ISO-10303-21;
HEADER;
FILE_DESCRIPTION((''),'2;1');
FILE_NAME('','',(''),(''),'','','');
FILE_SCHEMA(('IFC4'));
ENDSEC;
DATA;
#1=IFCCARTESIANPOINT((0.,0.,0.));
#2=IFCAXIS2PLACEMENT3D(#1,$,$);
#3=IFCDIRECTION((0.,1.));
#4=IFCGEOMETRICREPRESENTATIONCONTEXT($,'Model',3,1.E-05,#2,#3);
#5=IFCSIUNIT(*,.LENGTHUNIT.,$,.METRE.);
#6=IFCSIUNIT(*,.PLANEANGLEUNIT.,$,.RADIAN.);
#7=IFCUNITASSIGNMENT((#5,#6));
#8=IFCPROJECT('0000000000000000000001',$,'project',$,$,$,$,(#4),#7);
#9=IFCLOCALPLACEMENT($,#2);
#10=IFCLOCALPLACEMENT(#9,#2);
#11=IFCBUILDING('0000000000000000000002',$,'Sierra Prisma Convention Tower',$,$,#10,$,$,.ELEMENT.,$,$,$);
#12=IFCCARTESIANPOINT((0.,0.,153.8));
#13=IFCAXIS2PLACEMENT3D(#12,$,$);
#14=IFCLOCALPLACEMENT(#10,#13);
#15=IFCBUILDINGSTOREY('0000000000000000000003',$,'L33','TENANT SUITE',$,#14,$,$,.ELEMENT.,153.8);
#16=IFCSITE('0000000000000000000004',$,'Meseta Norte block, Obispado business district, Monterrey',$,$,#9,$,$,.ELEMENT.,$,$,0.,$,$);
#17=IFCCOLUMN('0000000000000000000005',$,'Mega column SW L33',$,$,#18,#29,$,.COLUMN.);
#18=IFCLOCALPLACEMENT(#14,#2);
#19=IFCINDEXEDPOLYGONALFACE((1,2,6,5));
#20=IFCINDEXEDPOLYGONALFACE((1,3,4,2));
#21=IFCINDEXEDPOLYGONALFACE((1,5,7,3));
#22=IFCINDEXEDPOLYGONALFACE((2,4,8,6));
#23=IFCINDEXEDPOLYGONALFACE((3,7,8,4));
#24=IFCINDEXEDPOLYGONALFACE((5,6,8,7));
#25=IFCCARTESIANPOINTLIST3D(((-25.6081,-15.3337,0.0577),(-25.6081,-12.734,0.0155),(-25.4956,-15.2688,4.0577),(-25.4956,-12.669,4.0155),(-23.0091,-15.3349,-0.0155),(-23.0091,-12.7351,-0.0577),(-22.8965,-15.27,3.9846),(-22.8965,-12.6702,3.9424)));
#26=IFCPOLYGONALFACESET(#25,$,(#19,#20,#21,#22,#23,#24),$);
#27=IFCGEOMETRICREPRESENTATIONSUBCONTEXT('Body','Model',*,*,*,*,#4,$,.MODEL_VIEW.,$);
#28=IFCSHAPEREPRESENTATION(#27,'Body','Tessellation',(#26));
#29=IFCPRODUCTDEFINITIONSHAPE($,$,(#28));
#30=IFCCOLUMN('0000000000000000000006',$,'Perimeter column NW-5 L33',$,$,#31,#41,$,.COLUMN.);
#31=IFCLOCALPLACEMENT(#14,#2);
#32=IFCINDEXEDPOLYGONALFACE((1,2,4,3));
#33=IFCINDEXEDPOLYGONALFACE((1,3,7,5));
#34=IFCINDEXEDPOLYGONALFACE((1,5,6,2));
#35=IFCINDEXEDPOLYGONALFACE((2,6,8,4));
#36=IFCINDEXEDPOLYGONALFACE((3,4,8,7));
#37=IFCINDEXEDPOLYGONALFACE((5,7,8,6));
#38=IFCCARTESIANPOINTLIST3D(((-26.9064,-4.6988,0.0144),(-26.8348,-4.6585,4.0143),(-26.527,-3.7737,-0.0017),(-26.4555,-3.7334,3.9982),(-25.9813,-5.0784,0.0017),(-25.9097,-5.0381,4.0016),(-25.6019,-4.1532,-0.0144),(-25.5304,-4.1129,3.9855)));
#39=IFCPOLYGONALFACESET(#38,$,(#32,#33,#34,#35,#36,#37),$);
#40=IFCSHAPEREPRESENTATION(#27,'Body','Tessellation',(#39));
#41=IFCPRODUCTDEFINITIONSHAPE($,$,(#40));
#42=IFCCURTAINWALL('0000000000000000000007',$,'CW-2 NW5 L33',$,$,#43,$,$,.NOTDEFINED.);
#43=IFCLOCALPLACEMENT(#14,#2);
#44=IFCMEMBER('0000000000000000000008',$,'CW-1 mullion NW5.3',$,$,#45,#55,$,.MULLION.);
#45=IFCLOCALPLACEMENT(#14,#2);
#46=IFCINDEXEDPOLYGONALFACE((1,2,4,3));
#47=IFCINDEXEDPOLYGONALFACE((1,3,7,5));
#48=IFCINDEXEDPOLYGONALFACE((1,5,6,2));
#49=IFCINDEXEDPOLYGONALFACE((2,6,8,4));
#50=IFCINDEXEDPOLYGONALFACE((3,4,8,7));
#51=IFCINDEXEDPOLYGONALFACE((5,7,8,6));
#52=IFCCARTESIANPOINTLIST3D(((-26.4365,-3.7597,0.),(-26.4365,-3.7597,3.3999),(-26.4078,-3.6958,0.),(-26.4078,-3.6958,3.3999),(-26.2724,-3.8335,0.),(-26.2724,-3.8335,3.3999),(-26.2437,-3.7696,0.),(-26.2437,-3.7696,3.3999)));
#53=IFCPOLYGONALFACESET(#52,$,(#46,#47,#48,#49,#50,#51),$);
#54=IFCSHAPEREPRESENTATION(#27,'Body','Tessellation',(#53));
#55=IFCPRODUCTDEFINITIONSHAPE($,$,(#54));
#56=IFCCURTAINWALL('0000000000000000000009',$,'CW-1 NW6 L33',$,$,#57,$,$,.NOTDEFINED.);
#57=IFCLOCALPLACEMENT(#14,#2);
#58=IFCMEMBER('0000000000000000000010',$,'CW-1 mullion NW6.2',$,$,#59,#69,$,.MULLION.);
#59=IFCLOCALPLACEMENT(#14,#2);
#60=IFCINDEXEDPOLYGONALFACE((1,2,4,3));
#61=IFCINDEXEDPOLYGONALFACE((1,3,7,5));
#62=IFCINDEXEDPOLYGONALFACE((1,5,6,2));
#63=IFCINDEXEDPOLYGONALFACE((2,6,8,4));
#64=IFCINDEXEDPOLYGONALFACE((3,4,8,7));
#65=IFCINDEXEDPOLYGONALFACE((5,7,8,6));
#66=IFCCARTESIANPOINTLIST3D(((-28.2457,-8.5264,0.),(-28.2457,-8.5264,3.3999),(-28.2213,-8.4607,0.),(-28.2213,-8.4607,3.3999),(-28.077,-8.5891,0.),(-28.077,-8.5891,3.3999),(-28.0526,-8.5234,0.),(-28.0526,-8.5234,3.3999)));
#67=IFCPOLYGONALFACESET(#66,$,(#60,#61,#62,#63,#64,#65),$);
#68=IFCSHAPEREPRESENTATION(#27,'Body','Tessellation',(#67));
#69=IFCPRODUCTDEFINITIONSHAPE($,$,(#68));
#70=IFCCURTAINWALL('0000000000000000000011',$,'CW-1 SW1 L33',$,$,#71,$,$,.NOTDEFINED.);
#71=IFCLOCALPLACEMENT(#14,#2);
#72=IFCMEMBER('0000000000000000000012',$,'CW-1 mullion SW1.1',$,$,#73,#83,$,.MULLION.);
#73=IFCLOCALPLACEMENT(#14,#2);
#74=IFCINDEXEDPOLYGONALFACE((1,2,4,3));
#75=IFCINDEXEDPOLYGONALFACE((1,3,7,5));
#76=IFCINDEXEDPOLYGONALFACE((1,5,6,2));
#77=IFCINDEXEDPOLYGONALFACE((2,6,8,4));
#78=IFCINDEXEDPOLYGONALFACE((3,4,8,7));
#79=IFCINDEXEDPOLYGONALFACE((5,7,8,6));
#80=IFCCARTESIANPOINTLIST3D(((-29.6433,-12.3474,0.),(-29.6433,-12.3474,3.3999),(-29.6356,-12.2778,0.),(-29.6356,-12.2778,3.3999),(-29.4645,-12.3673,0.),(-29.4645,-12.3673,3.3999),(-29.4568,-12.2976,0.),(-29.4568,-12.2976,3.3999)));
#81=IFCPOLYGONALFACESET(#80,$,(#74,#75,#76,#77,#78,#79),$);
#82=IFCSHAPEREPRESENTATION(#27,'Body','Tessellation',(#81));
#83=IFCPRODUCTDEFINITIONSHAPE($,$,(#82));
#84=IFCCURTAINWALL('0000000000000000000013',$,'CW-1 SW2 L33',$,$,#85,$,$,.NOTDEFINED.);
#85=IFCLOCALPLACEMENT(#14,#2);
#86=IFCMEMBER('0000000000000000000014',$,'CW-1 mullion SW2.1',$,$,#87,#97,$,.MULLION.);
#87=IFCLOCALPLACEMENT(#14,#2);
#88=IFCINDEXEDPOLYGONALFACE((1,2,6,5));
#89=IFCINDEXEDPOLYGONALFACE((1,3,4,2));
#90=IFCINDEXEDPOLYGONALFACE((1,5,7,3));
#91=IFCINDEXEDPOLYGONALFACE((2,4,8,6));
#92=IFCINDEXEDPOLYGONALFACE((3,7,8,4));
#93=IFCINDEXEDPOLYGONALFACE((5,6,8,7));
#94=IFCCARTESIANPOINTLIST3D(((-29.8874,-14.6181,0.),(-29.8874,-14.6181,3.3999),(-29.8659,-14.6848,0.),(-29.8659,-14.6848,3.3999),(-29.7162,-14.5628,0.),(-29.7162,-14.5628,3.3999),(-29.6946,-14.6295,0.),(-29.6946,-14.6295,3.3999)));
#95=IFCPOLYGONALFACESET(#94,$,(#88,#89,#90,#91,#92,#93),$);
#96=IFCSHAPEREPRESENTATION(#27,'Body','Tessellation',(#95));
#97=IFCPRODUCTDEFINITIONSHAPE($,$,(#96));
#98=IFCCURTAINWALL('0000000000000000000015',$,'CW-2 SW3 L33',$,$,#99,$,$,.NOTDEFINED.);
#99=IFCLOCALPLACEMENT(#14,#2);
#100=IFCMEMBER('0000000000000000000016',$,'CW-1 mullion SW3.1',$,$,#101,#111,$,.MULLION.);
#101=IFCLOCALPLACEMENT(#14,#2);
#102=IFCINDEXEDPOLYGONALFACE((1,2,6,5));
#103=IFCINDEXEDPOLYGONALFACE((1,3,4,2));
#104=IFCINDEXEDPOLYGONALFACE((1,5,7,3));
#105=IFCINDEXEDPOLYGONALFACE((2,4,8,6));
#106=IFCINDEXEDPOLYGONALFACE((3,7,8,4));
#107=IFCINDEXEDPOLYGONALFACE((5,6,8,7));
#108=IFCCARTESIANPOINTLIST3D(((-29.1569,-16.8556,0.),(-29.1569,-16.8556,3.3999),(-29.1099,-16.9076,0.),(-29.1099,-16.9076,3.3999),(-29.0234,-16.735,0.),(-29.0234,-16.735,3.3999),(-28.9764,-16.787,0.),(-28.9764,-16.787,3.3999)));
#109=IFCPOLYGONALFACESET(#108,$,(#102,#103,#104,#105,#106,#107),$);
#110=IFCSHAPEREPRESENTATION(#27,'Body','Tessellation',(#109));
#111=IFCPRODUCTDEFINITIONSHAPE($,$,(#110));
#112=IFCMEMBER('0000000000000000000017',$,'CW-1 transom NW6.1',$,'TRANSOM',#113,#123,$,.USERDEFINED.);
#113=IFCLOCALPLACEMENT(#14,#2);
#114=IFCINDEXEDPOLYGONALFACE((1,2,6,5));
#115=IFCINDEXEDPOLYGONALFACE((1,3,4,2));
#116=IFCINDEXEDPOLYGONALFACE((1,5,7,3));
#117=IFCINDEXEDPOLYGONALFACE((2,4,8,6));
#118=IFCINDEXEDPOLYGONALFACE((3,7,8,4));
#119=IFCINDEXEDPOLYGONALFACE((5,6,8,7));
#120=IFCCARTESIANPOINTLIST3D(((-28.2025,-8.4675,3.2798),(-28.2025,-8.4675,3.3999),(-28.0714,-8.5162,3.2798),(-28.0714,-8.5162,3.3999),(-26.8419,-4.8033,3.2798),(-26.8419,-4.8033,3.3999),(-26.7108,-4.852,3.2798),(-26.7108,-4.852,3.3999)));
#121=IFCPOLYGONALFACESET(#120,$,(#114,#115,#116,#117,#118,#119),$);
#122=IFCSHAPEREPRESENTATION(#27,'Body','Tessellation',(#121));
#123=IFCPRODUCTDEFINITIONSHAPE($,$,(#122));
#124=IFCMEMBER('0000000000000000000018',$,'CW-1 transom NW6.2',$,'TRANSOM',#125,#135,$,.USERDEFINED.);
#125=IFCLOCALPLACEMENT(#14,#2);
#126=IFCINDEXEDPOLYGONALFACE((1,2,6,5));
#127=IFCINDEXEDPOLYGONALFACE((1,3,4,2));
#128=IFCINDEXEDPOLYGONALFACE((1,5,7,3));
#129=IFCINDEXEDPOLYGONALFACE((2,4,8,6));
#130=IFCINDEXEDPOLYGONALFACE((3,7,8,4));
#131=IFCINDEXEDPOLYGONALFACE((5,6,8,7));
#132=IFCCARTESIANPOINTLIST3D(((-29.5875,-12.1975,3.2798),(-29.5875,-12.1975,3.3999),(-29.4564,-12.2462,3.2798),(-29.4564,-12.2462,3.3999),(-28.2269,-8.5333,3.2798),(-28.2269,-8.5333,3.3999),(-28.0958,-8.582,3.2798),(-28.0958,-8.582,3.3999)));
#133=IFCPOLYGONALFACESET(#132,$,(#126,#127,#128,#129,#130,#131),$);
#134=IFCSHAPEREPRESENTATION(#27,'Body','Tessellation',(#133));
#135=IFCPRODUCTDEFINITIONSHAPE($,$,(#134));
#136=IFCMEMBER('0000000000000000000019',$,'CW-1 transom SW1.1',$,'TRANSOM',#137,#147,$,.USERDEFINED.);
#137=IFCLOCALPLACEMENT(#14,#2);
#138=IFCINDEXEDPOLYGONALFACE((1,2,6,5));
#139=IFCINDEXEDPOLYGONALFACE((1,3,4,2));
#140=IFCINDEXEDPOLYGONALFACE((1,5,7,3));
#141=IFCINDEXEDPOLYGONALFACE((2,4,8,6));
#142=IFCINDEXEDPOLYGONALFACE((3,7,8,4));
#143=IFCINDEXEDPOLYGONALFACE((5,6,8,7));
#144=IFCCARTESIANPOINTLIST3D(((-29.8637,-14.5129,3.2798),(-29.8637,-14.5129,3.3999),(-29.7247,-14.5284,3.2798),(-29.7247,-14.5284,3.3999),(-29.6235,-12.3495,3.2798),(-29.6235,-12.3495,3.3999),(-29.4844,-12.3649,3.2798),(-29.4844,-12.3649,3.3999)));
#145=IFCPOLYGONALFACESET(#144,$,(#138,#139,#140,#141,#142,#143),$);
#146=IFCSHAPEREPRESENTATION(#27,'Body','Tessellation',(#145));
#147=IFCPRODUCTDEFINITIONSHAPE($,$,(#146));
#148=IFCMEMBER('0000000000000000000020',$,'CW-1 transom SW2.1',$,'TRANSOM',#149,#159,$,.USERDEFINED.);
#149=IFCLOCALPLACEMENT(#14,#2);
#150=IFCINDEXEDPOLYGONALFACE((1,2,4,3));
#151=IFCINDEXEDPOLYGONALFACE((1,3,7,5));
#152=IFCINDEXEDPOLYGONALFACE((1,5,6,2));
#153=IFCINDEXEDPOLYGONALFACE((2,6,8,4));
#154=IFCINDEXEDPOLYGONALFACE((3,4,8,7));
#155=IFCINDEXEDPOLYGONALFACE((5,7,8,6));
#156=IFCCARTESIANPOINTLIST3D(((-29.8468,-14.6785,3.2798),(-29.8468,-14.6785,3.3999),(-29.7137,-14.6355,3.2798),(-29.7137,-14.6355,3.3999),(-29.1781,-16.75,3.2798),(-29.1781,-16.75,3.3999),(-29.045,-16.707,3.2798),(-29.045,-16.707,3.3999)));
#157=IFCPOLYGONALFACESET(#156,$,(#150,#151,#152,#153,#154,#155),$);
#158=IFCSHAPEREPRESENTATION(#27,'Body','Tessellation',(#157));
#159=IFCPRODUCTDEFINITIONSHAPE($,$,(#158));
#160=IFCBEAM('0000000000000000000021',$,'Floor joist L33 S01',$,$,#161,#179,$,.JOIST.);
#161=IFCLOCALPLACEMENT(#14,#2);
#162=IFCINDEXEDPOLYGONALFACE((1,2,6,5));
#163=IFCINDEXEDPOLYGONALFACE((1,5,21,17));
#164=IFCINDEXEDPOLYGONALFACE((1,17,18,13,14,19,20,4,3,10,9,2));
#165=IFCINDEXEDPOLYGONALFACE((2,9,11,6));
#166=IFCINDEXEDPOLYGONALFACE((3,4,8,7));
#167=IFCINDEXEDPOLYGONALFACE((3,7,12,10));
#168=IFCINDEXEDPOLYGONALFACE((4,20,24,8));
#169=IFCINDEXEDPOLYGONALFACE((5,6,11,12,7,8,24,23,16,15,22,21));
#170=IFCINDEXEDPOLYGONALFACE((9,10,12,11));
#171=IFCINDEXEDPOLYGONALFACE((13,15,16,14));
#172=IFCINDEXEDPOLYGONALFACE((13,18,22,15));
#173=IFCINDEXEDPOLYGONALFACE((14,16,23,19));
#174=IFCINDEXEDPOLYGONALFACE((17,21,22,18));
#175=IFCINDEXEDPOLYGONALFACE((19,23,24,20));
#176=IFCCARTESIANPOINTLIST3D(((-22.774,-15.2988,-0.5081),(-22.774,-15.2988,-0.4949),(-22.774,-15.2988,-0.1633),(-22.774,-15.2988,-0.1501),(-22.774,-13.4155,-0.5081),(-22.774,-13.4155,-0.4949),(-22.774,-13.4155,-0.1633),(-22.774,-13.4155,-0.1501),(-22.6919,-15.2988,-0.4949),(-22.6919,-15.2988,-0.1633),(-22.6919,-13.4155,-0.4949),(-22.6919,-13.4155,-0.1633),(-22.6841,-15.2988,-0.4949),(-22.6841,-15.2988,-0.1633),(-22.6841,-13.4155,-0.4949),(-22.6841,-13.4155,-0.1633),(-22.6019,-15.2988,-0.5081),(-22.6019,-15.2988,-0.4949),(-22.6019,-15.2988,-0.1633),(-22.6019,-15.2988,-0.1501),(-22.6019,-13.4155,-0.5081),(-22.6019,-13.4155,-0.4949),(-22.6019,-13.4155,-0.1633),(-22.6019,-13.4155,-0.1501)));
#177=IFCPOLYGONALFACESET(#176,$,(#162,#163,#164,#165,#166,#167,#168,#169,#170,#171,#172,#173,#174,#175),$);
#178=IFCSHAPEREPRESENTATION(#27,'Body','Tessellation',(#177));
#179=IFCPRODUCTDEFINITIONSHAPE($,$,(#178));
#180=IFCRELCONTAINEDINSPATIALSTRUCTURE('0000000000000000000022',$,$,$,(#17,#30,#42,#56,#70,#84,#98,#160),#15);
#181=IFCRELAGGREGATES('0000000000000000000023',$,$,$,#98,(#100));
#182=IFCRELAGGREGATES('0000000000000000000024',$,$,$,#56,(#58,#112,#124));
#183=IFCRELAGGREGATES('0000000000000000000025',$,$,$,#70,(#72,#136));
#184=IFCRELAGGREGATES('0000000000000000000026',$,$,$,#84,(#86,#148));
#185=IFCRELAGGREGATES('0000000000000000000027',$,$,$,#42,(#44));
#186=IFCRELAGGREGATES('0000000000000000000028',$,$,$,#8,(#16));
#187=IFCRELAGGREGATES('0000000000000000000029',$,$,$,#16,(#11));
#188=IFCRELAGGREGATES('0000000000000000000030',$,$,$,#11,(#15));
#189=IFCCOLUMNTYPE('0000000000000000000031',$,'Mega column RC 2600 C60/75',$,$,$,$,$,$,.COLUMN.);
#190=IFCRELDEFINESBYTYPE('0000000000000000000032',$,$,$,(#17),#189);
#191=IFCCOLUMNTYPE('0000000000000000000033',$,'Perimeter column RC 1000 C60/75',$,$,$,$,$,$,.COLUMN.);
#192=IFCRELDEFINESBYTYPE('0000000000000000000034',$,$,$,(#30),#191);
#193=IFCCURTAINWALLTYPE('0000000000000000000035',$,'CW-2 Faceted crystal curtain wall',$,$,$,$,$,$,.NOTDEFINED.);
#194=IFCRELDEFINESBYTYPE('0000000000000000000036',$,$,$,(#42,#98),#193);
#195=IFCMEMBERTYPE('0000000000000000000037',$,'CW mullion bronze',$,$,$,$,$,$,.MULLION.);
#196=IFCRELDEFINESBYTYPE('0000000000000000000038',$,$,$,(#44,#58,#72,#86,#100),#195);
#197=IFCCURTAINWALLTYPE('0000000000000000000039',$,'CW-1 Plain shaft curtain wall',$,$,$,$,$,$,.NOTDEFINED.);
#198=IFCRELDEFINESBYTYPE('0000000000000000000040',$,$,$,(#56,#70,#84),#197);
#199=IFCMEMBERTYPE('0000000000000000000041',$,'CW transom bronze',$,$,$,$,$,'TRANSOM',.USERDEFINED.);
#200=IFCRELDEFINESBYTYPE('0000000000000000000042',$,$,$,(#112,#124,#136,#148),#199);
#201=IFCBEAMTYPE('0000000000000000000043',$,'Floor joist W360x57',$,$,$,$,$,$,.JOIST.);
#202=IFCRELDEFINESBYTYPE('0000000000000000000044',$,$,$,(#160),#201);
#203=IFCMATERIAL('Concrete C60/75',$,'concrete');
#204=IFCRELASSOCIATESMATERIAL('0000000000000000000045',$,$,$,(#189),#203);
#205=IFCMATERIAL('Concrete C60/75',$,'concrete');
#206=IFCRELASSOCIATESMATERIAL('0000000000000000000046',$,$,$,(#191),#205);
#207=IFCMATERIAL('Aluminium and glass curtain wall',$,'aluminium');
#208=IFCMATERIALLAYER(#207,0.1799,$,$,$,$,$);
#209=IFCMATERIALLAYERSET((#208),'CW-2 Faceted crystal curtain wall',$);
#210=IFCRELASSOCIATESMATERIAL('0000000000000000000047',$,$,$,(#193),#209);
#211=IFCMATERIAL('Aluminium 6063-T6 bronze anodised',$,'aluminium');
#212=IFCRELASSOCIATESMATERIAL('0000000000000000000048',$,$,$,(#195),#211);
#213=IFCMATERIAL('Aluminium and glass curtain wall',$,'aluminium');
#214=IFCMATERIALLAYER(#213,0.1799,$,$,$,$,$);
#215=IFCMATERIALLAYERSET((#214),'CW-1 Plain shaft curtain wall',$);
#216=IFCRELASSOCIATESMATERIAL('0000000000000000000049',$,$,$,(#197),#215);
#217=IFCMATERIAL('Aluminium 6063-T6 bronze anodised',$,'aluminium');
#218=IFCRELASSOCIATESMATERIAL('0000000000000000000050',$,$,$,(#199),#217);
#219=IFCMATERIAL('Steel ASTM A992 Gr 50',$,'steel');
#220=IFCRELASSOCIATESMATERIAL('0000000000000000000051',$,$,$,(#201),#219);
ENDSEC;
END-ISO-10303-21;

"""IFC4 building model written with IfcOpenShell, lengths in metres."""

from ifc_helpers import new_model, si_unit, direction, frame, origin, origin_2d, place, context, subcontext, project, spatial, rectangle, i_section, extrude, material, layer, layer_set, material_profile, profile_set, type_object, element, aggregate, save


model = new_model("IFC4")

# Units and contexts
model_context = context("Model", 3, precision=1e-05, world=origin(), true_north=direction((0.0, 1.0)))
body_context = subcontext(model_context, "Body", "Model", "MODEL_VIEW")
ifc_project = project(units=[si_unit("LENGTHUNIT", "METRE"), si_unit("PLANEANGLEUNIT", "RADIAN")], contexts=[model_context])

# Site, building, storey
site_placement = place(None, origin())
site = spatial("IfcSite", under=ifc_project, at=site_placement, Name="Meseta Norte block, Obispado business district, Monterrey", CompositionType="ELEMENT", RefElevation=0.0)
building_placement = place(site_placement, origin())
building = spatial("IfcBuilding", under=site, at=building_placement, Name="Sierra Prisma Convention Tower", CompositionType="ELEMENT")
storey_placement = place(building_placement, frame((0.0, 0.0, 153.8)))
storey = spatial("IfcBuildingStorey", under=building, at=storey_placement, Name="L33", Description="TENANT SUITE", CompositionType="ELEMENT", Elevation=153.8)

# Columns
ifc_material_1 = material(Name="Concrete C60/75", Category="concrete")
ifc_material_profile_1 = material_profile(ifc_material_1, rectangle(XDim=2.6001, YDim=2.6001, at=origin_2d()), Name="Mega column RC 2600 C60/75")
ifc_profile_set_1 = profile_set([ifc_material_profile_1], Name="Concrete C60/75")
column_type_1 = type_object("IfcColumnType", Name="Mega column RC 2600 C60/75", PredefinedType="COLUMN", material=ifc_profile_set_1)
column_1_placement = place(storey_placement, frame((-24.3086, -14.0344, 0.0), z_axis=(0.028122, 0.016227, 0.999473), x_axis=(0.999604, -0.000457, -0.028119)))
element("IfcColumn", 1, at=column_1_placement, inside=storey, type_object=column_type_1, Name="Mega column SW L33", PredefinedType="COLUMN", context=body_context, shape_type="SweptSolid", body=[
    extrude(rectangle(XDim=2.6001, YDim=2.6001, at=origin_2d()), origin(), (0.0, 0.0, 1.0), 4.0022),
])
ifc_material_2 = material(Name="Concrete C60/75", Category="concrete")
ifc_material_profile_2 = material_profile(ifc_material_2, rectangle(XDim=1.0, YDim=1.0, at=origin_2d()), Name="Perimeter column RC 1000 C60/75")
ifc_profile_set_2 = profile_set([ifc_material_profile_2], Name="Concrete C60/75")
column_type_2 = type_object("IfcColumnType", Name="Perimeter column RC 1000 C60/75", PredefinedType="COLUMN", material=ifc_profile_set_2)
column_2_placement = place(storey_placement, frame((-26.2542, -4.426, 0.0), z_axis=(0.01788, 0.010069, 0.999789), x_axis=(0.379328, 0.925122, -0.0161)))
element("IfcColumn", 2, at=column_2_placement, inside=storey, type_object=column_type_2, Name="Perimeter column NW-5 L33", PredefinedType="COLUMN", context=body_context, shape_type="SweptSolid", body=[
    extrude(rectangle(XDim=1.0, YDim=1.0, at=origin_2d()), origin(), (0.0, 0.0, 1.0), 4.0007),
])

# Curtain walls, members
ifc_material_3 = material(Name="Aluminium and glass curtain wall", Category="aluminium")
ifc_layer_1 = layer(ifc_material_3, 0.1799)
ifc_layer_set_1 = layer_set([ifc_layer_1], Name="CW-2 Faceted crystal curtain wall")
curtain_wall_type_1 = type_object("IfcCurtainWallType", Name="CW-2 Faceted crystal curtain wall", PredefinedType="NOTDEFINED", material=ifc_layer_set_1)
curtain_wall_1_placement = place(storey_placement, origin())
curtain_wall_1 = element("IfcCurtainWall", 3, at=curtain_wall_1_placement, inside=storey, type_object=curtain_wall_type_1, Name="CW-2 NW5 L33", PredefinedType="NOTDEFINED")
ifc_material_4 = material(Name="Aluminium 6063-T6 bronze anodised", Category="aluminium")
ifc_material_profile_3 = material_profile(ifc_material_4, rectangle(XDim=0.1799, YDim=0.0701, at=origin_2d()), Name="ALU MULLION 70x180")
ifc_profile_set_3 = profile_set([ifc_material_profile_3], Name="Aluminium 6063-T6 bronze anodised")
member_type_1 = type_object("IfcMemberType", Name="CW mullion bronze", PredefinedType="MULLION", material=ifc_profile_set_3)
member_1_placement = place(storey_placement, frame((-26.3401, -3.7646, 0.0), z_axis=(0.0, 0.0, 1.0), x_axis=(0.911964, -0.410271, 0.0)))
member_1 = element("IfcMember", 4, at=member_1_placement, type_object=member_type_1, Name="CW-1 mullion NW5.3", PredefinedType="MULLION", context=body_context, shape_type="SweptSolid", body=[
    extrude(rectangle(XDim=0.1799, YDim=0.0701, at=origin_2d()), origin(), (0.0, 0.0, 1.0), 3.3999),
])
ifc_material_5 = material(Name="Aluminium and glass curtain wall", Category="aluminium")
ifc_layer_2 = layer(ifc_material_5, 0.1799)
ifc_layer_set_2 = layer_set([ifc_layer_2], Name="CW-1 Plain shaft curtain wall")
curtain_wall_type_2 = type_object("IfcCurtainWallType", Name="CW-1 Plain shaft curtain wall", PredefinedType="NOTDEFINED", material=ifc_layer_set_2)
curtain_wall_2_placement = place(storey_placement, origin())
curtain_wall_2 = element("IfcCurtainWall", 5, at=curtain_wall_2_placement, inside=storey, type_object=curtain_wall_type_2, Name="CW-1 NW6 L33", PredefinedType="NOTDEFINED")
member_2_placement = place(storey_placement, frame((-28.1492, -8.5249, 0.0), z_axis=(0.0, 0.0, 1.0), x_axis=(0.937466, -0.348078, 0.0)))
member_2 = element("IfcMember", 6, at=member_2_placement, type_object=member_type_1, Name="CW-1 mullion NW6.2", PredefinedType="MULLION", context=body_context, shape_type="SweptSolid", body=[
    extrude(rectangle(XDim=0.1799, YDim=0.0701, at=origin_2d()), origin(), (0.0, 0.0, 1.0), 3.3999),
])
curtain_wall_3_placement = place(storey_placement, origin())
curtain_wall_3 = element("IfcCurtainWall", 7, at=curtain_wall_3_placement, inside=storey, type_object=curtain_wall_type_2, Name="CW-1 SW1 L33", PredefinedType="NOTDEFINED")
member_3_placement = place(storey_placement, frame((-29.55, -12.3225, 0.0), z_axis=(0.0, 0.0, 1.0), x_axis=(0.993898, -0.110304, 0.0)))
member_3 = element("IfcMember", 8, at=member_3_placement, type_object=member_type_1, Name="CW-1 mullion SW1.1", PredefinedType="MULLION", context=body_context, shape_type="SweptSolid", body=[
    extrude(rectangle(XDim=0.1799, YDim=0.0701, at=origin_2d()), origin(), (0.0, 0.0, 1.0), 3.3999),
])
curtain_wall_4_placement = place(storey_placement, origin())
curtain_wall_4 = element("IfcCurtainWall", 9, at=curtain_wall_4_placement, inside=storey, type_object=curtain_wall_type_2, Name="CW-1 SW2 L33", PredefinedType="NOTDEFINED")
member_4_placement = place(storey_placement, frame((-29.791, -14.6238, 0.0), z_axis=(0.0, 0.0, 1.0), x_axis=(0.951653, 0.307175, 0.0)))
member_4 = element("IfcMember", 10, at=member_4_placement, type_object=member_type_1, Name="CW-1 mullion SW2.1", PredefinedType="MULLION", context=body_context, shape_type="SweptSolid", body=[
    extrude(rectangle(XDim=0.1799, YDim=0.0701, at=origin_2d()), origin(), (0.0, 0.0, 1.0), 3.3999),
])
curtain_wall_5_placement = place(storey_placement, origin())
curtain_wall_5 = element("IfcCurtainWall", 11, at=curtain_wall_5_placement, inside=storey, type_object=curtain_wall_type_1, Name="CW-2 SW3 L33", PredefinedType="NOTDEFINED")
member_5_placement = place(storey_placement, frame((-29.0667, -16.8213, 0.0), z_axis=(0.0, 0.0, 1.0), x_axis=(0.741848, 0.670568, 0.0)))
member_5 = element("IfcMember", 12, at=member_5_placement, type_object=member_type_1, Name="CW-1 mullion SW3.1", PredefinedType="MULLION", context=body_context, shape_type="SweptSolid", body=[
    extrude(rectangle(XDim=0.1799, YDim=0.0701, at=origin_2d()), origin(), (0.0, 0.0, 1.0), 3.3999),
])
aggregate(curtain_wall_5, [member_5])

# Members
ifc_material_6 = material(Name="Aluminium 6063-T6 bronze anodised", Category="aluminium")
ifc_material_profile_4 = material_profile(ifc_material_6, rectangle(XDim=0.1399, YDim=0.1201, at=origin_2d()), Name="ALU TRANSOM 120x140")
ifc_profile_set_4 = profile_set([ifc_material_profile_4], Name="Aluminium 6063-T6 bronze anodised")
member_type_2 = type_object("IfcMemberType", Name="CW transom bronze", ElementType="TRANSOM", PredefinedType="USERDEFINED", material=ifc_profile_set_4)
member_6_placement = place(storey_placement, frame((-26.7764, -4.8276, 3.3398), z_axis=(-0.348089, -0.937461, 0.0), x_axis=(0.937461, -0.348089, 0.0)))
member_6 = element("IfcMember", 13, at=member_6_placement, type_object=member_type_2, Name="CW-1 transom NW6.1", ObjectType="TRANSOM", PredefinedType="USERDEFINED", context=body_context, shape_type="SweptSolid", body=[
    extrude(rectangle(XDim=0.1399, YDim=0.1201, at=origin_2d()), origin(), (0.0, 0.0, 1.0), 3.9087),
])
member_7_placement = place(storey_placement, frame((-28.1614, -8.5576, 3.3398), z_axis=(-0.348089, -0.937461, 0.0), x_axis=(0.937461, -0.348089, 0.0)))
member_7 = element("IfcMember", 14, at=member_7_placement, type_object=member_type_2, Name="CW-1 transom NW6.2", ObjectType="TRANSOM", PredefinedType="USERDEFINED", context=body_context, shape_type="SweptSolid", body=[
    extrude(rectangle(XDim=0.1399, YDim=0.1201, at=origin_2d()), origin(), (0.0, 0.0, 1.0), 3.9087),
])
member_8_placement = place(storey_placement, frame((-29.554, -12.3572, 3.3398), z_axis=(-0.110358, -0.993892, 0.0), x_axis=(0.993892, -0.110358, 0.0)))
member_8 = element("IfcMember", 15, at=member_8_placement, type_object=member_type_2, Name="CW-1 transom SW1.1", ObjectType="TRANSOM", PredefinedType="USERDEFINED", context=body_context, shape_type="SweptSolid", body=[
    extrude(rectangle(XDim=0.1399, YDim=0.1201, at=origin_2d()), origin(), (0.0, 0.0, 1.0), 2.1768),
])
member_9_placement = place(storey_placement, frame((-29.7803, -14.657, 3.3398), z_axis=(0.307196, -0.951646, 0.0), x_axis=(0.951646, 0.307196, 0.0)))
member_9 = element("IfcMember", 16, at=member_9_placement, type_object=member_type_2, Name="CW-1 transom SW2.1", ObjectType="TRANSOM", PredefinedType="USERDEFINED", context=body_context, shape_type="SweptSolid", body=[
    extrude(rectangle(XDim=0.1399, YDim=0.1201, at=origin_2d()), origin(), (0.0, 0.0, 1.0), 2.1768),
])

# Beam
ifc_material_7 = material(Name="Steel ASTM A992 Gr 50", Category="steel")
ifc_material_profile_5 = material_profile(ifc_material_7, i_section(OverallWidth=0.1721, OverallDepth=0.3579, WebThickness=0.0078, FlangeThickness=0.0132, at=origin_2d()), Name="W360x57")
ifc_profile_set_5 = profile_set([ifc_material_profile_5], Name="Steel ASTM A992 Gr 50")
beam_type_1 = type_object("IfcBeamType", Name="Floor joist W360x57", PredefinedType="JOIST", material=ifc_profile_set_5)
beam_1_placement = place(storey_placement, frame((-22.688, -15.2988, -0.3291), z_axis=(0.0, 1.0, 0.0), x_axis=(-1.0, 0.0, 0.0)))
element("IfcBeam", 17, at=beam_1_placement, inside=storey, type_object=beam_type_1, Name="Floor joist L33 S01", PredefinedType="JOIST", context=body_context, shape_type="SweptSolid", body=[
    extrude(i_section(OverallWidth=0.1721, OverallDepth=0.3579, WebThickness=0.0078, FlangeThickness=0.0132, at=origin_2d()), origin(), (0.0, 0.0, 1.0), 1.8833),
])

aggregate(curtain_wall_2, [member_2, member_6, member_7])
aggregate(curtain_wall_3, [member_3, member_8])
aggregate(curtain_wall_4, [member_4, member_9])
aggregate(curtain_wall_1, [member_1])

save(model, "model.ifc")
